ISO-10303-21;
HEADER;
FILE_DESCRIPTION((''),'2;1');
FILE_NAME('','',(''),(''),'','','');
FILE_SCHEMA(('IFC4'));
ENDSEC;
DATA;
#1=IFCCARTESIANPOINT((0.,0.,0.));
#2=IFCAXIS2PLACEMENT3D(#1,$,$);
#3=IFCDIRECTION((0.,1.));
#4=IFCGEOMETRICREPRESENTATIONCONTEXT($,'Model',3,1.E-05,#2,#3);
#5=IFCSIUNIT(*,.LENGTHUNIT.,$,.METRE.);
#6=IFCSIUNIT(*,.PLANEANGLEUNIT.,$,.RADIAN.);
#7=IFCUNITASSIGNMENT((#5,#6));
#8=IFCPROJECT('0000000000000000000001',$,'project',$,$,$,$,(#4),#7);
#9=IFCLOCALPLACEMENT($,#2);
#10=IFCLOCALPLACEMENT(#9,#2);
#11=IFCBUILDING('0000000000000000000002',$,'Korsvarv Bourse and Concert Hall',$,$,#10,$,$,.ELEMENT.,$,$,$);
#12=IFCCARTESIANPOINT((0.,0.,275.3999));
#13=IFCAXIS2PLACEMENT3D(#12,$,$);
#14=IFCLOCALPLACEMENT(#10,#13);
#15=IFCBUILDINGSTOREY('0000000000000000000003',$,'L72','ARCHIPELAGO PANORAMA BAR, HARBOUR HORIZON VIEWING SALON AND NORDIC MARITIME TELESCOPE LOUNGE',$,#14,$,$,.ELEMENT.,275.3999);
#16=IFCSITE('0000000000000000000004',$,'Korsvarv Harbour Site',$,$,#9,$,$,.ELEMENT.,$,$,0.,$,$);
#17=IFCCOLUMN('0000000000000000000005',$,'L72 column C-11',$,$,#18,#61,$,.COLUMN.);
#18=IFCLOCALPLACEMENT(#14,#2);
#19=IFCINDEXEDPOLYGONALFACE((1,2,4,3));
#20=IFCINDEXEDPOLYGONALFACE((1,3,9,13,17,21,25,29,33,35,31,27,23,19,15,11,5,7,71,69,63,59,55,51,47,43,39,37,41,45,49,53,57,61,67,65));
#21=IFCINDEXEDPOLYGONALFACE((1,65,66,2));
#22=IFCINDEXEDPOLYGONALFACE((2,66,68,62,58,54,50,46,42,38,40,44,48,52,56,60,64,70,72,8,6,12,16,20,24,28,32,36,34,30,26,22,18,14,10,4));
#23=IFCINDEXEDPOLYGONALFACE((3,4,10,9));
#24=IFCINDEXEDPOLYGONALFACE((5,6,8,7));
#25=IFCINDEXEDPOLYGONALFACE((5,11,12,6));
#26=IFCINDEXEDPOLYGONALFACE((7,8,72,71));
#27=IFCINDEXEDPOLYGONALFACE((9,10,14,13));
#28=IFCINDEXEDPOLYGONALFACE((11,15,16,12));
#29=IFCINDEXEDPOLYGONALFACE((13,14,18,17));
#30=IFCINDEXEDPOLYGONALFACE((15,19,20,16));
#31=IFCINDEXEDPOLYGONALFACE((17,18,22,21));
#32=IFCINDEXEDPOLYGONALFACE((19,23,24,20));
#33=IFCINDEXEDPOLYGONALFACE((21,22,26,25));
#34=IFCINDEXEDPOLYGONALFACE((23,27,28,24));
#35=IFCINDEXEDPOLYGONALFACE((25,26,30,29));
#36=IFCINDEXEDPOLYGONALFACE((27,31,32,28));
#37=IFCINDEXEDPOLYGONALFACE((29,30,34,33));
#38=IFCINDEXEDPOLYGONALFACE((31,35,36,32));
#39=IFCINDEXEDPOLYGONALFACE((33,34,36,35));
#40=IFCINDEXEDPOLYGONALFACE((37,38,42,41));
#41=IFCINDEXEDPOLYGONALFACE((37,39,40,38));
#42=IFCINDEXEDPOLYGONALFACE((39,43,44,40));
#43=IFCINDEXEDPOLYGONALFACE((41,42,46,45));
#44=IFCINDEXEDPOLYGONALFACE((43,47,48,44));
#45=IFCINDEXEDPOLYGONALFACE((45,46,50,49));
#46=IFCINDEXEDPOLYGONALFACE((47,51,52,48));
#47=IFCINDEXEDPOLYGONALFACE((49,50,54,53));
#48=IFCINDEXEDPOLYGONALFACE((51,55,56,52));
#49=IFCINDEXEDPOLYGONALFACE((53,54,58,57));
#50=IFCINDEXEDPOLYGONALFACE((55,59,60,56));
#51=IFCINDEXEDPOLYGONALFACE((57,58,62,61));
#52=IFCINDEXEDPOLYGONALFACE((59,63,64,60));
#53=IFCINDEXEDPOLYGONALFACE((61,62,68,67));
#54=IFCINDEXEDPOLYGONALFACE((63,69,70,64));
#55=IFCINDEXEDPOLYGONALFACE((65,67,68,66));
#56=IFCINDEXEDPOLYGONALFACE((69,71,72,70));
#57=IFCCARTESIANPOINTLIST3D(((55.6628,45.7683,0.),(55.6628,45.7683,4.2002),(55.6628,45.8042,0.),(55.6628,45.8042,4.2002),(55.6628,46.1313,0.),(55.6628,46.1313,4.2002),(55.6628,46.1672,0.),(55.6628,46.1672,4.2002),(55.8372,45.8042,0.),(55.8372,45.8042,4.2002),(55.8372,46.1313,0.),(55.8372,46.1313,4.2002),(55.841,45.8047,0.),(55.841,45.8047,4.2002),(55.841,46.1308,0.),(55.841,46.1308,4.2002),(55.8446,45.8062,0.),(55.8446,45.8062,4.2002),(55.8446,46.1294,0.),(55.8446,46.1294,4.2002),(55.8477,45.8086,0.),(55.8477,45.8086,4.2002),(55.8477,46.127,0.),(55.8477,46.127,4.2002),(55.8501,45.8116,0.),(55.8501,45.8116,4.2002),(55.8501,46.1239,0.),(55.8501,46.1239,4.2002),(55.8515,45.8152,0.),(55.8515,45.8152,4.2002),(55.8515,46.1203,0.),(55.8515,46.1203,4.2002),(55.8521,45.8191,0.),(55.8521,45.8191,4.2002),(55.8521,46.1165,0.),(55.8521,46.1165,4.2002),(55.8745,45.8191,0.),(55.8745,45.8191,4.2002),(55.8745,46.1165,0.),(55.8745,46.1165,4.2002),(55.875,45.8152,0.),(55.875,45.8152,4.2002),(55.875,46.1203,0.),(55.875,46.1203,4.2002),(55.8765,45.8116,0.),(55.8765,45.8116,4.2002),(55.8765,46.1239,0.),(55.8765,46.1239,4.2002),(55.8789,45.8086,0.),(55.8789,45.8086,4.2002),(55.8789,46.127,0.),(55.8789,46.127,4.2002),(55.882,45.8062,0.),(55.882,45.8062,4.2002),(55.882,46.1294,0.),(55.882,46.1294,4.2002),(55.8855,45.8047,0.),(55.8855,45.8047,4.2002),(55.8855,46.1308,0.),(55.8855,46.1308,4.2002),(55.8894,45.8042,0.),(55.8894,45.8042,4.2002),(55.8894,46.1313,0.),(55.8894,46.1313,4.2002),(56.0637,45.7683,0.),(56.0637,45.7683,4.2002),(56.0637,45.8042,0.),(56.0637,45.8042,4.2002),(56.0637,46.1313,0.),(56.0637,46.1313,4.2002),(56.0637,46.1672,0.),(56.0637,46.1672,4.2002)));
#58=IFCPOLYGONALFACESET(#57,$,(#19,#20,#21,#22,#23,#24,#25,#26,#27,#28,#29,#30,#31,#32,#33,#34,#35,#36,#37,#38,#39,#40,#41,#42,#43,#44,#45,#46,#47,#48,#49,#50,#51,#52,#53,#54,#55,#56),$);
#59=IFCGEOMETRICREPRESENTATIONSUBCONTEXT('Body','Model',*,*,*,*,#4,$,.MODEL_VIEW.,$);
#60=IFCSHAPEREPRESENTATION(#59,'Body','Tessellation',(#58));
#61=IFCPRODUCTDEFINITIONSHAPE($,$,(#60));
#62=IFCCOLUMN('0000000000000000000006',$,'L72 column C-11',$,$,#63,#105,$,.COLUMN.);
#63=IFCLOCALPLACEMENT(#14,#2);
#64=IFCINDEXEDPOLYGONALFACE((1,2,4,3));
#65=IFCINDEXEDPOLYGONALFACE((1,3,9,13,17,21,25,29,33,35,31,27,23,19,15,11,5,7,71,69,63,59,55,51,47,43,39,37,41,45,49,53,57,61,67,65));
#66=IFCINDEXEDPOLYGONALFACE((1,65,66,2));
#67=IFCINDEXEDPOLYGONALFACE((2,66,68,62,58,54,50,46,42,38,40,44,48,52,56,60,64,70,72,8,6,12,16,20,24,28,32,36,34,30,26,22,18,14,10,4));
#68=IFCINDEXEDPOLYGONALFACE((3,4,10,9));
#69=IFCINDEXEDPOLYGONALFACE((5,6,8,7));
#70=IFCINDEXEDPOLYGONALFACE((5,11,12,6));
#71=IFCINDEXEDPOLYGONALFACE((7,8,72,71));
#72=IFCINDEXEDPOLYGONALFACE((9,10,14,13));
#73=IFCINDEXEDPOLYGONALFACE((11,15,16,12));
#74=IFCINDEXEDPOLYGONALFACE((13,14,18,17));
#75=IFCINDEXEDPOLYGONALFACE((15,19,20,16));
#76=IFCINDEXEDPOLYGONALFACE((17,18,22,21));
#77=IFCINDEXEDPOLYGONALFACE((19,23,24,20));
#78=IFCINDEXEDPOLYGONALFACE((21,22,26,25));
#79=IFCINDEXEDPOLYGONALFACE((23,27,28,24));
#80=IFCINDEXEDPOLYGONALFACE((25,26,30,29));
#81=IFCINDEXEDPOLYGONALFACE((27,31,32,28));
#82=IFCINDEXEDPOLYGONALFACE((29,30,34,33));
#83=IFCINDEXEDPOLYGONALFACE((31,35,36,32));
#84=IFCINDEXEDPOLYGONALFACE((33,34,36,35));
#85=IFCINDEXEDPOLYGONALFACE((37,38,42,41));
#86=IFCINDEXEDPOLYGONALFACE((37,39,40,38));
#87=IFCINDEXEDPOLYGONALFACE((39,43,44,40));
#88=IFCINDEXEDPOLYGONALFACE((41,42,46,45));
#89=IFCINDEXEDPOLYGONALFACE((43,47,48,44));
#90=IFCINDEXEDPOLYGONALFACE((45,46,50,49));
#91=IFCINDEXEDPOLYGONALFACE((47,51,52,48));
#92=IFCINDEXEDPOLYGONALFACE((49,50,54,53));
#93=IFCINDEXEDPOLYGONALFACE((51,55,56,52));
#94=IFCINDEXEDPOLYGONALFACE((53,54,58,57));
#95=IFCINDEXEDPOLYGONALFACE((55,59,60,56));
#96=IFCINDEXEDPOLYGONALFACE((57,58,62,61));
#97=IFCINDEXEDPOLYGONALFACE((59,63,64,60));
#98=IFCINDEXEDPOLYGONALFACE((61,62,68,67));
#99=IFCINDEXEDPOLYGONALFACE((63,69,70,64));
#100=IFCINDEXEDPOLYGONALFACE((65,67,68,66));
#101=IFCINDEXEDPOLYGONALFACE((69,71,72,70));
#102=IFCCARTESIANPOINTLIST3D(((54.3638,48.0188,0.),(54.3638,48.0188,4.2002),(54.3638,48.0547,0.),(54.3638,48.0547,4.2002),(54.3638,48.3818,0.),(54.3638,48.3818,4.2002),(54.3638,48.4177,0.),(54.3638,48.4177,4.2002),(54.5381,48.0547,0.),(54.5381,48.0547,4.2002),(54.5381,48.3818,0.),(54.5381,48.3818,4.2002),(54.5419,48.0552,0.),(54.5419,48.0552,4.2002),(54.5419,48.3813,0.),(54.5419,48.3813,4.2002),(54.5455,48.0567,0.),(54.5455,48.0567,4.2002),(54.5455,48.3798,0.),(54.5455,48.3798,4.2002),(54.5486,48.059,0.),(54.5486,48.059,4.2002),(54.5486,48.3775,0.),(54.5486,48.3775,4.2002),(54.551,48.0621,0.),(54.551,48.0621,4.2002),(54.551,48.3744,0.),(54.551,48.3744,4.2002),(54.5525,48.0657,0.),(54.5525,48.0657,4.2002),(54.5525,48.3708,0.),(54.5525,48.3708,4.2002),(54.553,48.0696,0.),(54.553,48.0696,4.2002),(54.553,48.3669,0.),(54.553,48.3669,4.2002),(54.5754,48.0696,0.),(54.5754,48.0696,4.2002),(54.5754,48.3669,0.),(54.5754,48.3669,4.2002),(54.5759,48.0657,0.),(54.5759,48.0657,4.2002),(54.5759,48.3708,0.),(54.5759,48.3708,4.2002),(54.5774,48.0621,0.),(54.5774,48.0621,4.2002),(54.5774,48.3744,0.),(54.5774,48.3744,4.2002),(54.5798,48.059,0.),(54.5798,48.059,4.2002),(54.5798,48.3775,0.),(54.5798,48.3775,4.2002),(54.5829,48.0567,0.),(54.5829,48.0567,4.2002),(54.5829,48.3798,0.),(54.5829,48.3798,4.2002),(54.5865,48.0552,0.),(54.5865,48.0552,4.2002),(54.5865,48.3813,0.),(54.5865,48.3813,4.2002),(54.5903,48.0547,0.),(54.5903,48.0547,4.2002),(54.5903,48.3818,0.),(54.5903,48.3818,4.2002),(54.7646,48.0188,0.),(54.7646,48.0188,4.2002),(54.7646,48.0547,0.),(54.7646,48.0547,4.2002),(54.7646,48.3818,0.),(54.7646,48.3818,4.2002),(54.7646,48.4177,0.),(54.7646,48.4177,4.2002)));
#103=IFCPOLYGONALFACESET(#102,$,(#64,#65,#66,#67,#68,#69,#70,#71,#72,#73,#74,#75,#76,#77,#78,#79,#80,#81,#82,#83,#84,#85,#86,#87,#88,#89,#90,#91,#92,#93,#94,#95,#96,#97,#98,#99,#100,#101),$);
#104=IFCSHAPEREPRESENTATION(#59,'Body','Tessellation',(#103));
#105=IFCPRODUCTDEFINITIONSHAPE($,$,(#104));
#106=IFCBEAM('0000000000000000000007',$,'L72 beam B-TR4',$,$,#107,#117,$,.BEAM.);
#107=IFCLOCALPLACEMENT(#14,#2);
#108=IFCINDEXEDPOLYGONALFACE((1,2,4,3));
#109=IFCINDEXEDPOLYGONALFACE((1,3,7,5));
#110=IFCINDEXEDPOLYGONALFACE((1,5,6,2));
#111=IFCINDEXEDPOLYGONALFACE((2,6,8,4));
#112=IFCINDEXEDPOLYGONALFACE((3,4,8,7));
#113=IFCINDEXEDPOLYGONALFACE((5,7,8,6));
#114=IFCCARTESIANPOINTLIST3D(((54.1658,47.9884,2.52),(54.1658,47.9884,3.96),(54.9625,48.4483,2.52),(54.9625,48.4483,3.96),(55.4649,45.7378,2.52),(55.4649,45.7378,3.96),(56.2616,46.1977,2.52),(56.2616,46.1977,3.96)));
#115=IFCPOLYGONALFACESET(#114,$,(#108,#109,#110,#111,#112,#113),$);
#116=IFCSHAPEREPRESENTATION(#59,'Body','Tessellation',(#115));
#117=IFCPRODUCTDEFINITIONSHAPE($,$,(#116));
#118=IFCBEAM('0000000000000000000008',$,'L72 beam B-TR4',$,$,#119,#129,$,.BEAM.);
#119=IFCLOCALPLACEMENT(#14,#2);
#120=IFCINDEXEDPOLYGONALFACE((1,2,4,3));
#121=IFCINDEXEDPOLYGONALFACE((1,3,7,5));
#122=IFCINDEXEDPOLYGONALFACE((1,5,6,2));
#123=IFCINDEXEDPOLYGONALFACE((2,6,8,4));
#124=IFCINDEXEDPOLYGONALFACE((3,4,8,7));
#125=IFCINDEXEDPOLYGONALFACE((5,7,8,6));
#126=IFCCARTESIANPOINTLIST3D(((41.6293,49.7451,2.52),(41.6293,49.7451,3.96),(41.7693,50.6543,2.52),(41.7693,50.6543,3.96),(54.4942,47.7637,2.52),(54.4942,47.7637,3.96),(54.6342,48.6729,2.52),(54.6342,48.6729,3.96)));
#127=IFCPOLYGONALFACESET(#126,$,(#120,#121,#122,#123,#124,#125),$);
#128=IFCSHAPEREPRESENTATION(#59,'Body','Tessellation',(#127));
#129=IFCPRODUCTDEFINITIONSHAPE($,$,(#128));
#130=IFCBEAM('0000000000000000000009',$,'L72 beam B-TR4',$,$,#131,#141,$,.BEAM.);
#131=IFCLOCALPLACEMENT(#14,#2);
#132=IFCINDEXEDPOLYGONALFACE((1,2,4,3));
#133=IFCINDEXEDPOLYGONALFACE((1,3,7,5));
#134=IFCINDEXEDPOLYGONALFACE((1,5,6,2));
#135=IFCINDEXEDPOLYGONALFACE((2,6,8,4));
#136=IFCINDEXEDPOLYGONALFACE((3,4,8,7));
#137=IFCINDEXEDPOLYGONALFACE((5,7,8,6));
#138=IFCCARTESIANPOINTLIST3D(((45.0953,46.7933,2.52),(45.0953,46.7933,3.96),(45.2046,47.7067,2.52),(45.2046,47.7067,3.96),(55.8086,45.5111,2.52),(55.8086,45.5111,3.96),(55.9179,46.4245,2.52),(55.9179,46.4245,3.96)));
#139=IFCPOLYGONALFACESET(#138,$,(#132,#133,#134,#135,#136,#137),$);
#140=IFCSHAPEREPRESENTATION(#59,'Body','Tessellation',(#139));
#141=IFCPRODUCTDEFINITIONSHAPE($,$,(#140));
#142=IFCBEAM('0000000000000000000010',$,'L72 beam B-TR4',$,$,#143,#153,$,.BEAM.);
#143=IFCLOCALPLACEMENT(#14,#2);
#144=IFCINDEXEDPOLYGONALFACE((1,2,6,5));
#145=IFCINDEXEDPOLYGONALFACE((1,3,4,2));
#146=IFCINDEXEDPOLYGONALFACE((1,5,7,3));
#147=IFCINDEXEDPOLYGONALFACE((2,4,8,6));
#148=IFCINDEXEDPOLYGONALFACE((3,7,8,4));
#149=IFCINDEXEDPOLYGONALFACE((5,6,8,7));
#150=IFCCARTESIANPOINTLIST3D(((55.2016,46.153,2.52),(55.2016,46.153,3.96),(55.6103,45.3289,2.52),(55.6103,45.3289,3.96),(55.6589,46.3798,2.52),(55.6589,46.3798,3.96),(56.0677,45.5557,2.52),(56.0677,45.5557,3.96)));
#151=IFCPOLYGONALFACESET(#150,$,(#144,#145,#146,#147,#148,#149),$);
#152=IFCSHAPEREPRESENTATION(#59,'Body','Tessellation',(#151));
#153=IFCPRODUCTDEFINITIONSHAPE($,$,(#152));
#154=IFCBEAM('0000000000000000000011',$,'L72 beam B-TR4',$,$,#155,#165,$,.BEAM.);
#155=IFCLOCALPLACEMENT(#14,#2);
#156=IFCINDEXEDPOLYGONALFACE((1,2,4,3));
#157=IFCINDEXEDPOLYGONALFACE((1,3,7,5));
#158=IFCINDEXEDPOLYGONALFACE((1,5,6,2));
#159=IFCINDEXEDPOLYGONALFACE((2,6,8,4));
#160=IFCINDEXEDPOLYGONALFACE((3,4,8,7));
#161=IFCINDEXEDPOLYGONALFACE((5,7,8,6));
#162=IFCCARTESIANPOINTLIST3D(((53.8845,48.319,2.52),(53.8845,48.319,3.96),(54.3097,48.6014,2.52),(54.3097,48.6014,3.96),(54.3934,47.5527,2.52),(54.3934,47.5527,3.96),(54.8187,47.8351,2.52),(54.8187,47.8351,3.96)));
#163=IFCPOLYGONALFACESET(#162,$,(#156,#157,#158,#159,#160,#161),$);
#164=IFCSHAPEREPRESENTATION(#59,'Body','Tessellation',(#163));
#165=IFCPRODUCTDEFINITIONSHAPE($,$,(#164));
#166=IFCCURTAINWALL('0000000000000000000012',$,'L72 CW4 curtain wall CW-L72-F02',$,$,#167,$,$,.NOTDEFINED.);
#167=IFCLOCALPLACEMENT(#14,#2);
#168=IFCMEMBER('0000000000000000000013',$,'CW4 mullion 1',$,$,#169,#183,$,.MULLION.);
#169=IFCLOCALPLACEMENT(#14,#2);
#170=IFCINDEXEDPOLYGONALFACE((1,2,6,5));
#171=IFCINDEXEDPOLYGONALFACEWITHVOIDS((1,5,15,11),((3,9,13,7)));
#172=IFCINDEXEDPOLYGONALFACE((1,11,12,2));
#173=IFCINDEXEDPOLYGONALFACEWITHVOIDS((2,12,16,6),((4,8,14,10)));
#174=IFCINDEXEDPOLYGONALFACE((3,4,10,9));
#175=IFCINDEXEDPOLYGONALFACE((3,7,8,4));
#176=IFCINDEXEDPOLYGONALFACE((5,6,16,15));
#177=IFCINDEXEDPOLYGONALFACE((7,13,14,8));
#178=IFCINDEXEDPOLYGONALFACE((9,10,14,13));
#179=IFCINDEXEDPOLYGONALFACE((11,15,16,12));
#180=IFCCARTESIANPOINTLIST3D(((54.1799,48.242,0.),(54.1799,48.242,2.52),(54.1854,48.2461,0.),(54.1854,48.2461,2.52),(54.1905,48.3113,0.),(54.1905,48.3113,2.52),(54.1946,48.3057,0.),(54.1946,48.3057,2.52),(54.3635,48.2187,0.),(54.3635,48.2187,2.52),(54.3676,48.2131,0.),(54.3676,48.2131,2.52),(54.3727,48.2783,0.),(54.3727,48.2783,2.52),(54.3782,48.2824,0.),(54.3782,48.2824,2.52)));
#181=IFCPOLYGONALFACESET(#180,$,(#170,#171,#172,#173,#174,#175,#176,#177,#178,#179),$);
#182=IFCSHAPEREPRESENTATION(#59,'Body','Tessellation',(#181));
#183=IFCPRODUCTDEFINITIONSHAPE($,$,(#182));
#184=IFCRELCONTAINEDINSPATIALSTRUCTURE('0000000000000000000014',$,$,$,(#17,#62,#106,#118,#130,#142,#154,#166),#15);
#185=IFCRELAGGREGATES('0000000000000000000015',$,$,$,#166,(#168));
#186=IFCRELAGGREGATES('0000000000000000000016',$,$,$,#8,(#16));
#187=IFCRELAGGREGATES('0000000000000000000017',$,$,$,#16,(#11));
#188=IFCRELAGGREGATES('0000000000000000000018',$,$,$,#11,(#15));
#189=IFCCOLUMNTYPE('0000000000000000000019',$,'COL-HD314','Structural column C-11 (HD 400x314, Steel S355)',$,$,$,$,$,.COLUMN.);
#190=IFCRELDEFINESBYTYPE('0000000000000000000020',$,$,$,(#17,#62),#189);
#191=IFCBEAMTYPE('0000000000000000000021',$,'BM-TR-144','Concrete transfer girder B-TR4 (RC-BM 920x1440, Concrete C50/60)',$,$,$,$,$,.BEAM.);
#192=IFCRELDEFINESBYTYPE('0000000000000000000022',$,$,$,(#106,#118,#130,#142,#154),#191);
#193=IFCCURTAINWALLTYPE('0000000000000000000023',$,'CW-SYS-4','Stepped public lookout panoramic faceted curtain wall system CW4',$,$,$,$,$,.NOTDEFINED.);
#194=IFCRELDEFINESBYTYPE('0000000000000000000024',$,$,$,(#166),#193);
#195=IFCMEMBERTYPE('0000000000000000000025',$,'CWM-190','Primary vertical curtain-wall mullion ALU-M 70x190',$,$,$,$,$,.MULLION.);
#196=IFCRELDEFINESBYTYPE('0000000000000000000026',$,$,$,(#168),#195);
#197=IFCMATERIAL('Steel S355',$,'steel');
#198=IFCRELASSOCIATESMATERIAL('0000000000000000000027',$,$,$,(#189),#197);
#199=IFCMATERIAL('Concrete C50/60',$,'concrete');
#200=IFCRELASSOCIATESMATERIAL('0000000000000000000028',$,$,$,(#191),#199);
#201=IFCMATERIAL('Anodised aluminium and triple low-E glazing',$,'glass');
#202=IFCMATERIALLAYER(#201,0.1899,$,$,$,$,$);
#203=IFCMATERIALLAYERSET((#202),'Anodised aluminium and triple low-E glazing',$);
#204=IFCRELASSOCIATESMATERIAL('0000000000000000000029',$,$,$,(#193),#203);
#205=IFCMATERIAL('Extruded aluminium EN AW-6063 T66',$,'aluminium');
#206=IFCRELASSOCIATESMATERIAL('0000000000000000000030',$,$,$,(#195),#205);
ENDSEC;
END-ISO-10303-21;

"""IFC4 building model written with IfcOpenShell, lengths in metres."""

from ifc_helpers import new_model, si_unit, direction, frame, origin, origin_2d, place, context, subcontext, project, spatial, rectangle, hollow_rectangle, i_section, extrude, source, transform, mapped, material, layer, layer_set, material_profile, profile_set, type_object, element, aggregate, save


model = new_model("IFC4")

# Units and contexts
model_context = context("Model", 3, precision=1e-05, world=origin(), true_north=direction((0.0, 1.0)))
body_context = subcontext(model_context, "Body", "Model", "MODEL_VIEW")
ifc_project = project(units=[si_unit("LENGTHUNIT", "METRE"), si_unit("PLANEANGLEUNIT", "RADIAN")], contexts=[model_context])

# Site, building, storey
site_placement = place(None, origin())
site = spatial("IfcSite", under=ifc_project, at=site_placement, Name="Korsvarv Harbour Site", CompositionType="ELEMENT", RefElevation=0.0)
building_placement = place(site_placement, origin())
building = spatial("IfcBuilding", under=site, at=building_placement, Name="Korsvarv Bourse and Concert Hall", CompositionType="ELEMENT")
storey_placement = place(building_placement, frame((0.0, 0.0, 275.3999)))
storey = spatial("IfcBuildingStorey", under=building, at=storey_placement, Name="L72", Description="ARCHIPELAGO PANORAMA BAR, HARBOUR HORIZON VIEWING SALON AND NORDIC MARITIME TELESCOPE LOUNGE", CompositionType="ELEMENT", Elevation=275.3999)

# Columns
ifc_material_1 = material(Name="Steel S355", Category="steel")
ifc_material_profile_1 = material_profile(ifc_material_1, i_section(OverallWidth=0.4009, OverallDepth=0.3989, WebThickness=0.0225, FlangeThickness=0.0359, FilletRadius=0.0149, at=origin_2d()), Name="HD 400x314")
ifc_profile_set_1 = profile_set([ifc_material_profile_1], Name="Steel S355")
column_type = type_object("IfcColumnType", Name="COL-HD314", Description="Structural column C-11 (HD 400x314, Steel S355)", PredefinedType="COLUMN", material=ifc_profile_set_1)
shared_shape_1 = source(origin(), body_context, "Body", "SweptSolid", [
    extrude(i_section(OverallWidth=0.4009, OverallDepth=0.3989, WebThickness=0.0225, FlangeThickness=0.0359, FilletRadius=0.0149, at=origin_2d()), origin(), (0.0, 0.0, 1.0), 4.2002),
])
for number, where, z_axis, x_axis, name in (
    (1, (55.8633, 45.9678, 0.0), (0.0, 0.0, 1.0), (1.0, 0.0, 0.0), "L72 column C-11"),
    (2, (54.5642, 48.2183, 0.0), (0.0, 0.0, 1.0), (1.0, 0.0, 0.0), "L72 column C-11"),
):
    element("IfcColumn", number, at=place(storey_placement, frame(where, z_axis=z_axis, x_axis=x_axis)), inside=storey, type_object=column_type, Name=name, PredefinedType="COLUMN", context=body_context, shape_type="MappedRepresentation", body=[
        mapped(shared_shape_1, transform((0.0, 0.0, 0.0), scale=1.0)),
    ])

# Beams
ifc_material_2 = material(Name="Concrete C50/60", Category="concrete")
ifc_material_profile_2 = material_profile(ifc_material_2, rectangle(XDim=0.9199, YDim=1.4399, at=origin_2d()), Name="RC-BM 920x1440")
ifc_profile_set_2 = profile_set([ifc_material_profile_2], Name="Concrete C50/60")
beam_type = type_object("IfcBeamType", Name="BM-TR-144", Description="Concrete transfer girder B-TR4 (RC-BM 920x1440, Concrete C50/60)", PredefinedType="BEAM", material=ifc_profile_set_2)
shared_shape_2 = source(origin(), body_context, "Body", "SweptSolid", [
    extrude(rectangle(XDim=0.9199, YDim=1.4399, at=origin_2d()), origin(), (0.0, 0.0, 1.0), 2.5986),
])
beam_1_placement = place(storey_placement, frame((55.8633, 45.9678, 3.24), z_axis=(-0.499928, 0.866067, 0.0), x_axis=(-0.866067, -0.499928, 0.0)))
element("IfcBeam", 3, at=beam_1_placement, inside=storey, type_object=beam_type, Name="L72 beam B-TR4", PredefinedType="BEAM", context=body_context, shape_type="MappedRepresentation", body=[
    mapped(shared_shape_2, transform((0.0, 0.0, 0.0), scale=1.0)),
])
shared_shape_3 = source(origin(), body_context, "Body", "SweptSolid", [
    extrude(rectangle(XDim=0.9199, YDim=1.4399, at=origin_2d()), origin(), (0.0, 0.0, 1.0), 13.0166),
])
beam_2_placement = place(storey_placement, frame((54.5642, 48.2183, 3.24), z_axis=(-0.988346, 0.152223, 0.0), x_axis=(-0.152223, -0.988346, 0.0)))
element("IfcBeam", 4, at=beam_2_placement, inside=storey, type_object=beam_type, Name="L72 beam B-TR4", PredefinedType="BEAM", context=body_context, shape_type="MappedRepresentation", body=[
    mapped(shared_shape_3, transform((0.0, 0.0, 0.0), scale=1.0)),
])
shared_shape_4 = source(origin(), body_context, "Body", "SweptSolid", [
    extrude(rectangle(XDim=0.9199, YDim=1.4399, at=origin_2d()), origin(), (0.0, 0.0, 1.0), 10.7898),
])
beam_3_placement = place(storey_placement, frame((55.8633, 45.9678, 3.24), z_axis=(-0.992914, 0.118837, 0.0), x_axis=(-0.118837, -0.992914, 0.0)))
element("IfcBeam", 5, at=beam_3_placement, inside=storey, type_object=beam_type, Name="L72 beam B-TR4", PredefinedType="BEAM", context=body_context, shape_type="MappedRepresentation", body=[
    mapped(shared_shape_4, transform((0.0, 0.0, 0.0), scale=1.0)),
])
shared_shape_5 = source(origin(), body_context, "Body", "SweptSolid", [
    extrude(rectangle(XDim=0.9199, YDim=1.4399, at=origin_2d()), origin(), (0.0, 0.0, 1.0), 0.5105),
])
for number, where, z_axis, x_axis, name in (
    (6, (55.8633, 45.9678, 3.24), (-0.895857, -0.444341, 0.0), (0.444341, -0.895857, 0.0), "L72 beam B-TR4"),
    (7, (54.5642, 48.2183, 3.24), (-0.833005, -0.553265, 0.0), (0.553265, -0.833005, 0.0), "L72 beam B-TR4"),
):
    element("IfcBeam", number, at=place(storey_placement, frame(where, z_axis=z_axis, x_axis=x_axis)), inside=storey, type_object=beam_type, Name=name, PredefinedType="BEAM", context=body_context, shape_type="MappedRepresentation", body=[
        mapped(shared_shape_5, transform((0.0, 0.0, 0.0), scale=1.0)),
    ])

# Curtain wall, member
ifc_material_3 = material(Name="Anodised aluminium and triple low-E glazing", Category="glass")
ifc_layer_1 = layer(ifc_material_3, 0.1899)
ifc_layer_set_1 = layer_set([ifc_layer_1], Name="Anodised aluminium and triple low-E glazing")
curtain_wall_type = type_object("IfcCurtainWallType", Name="CW-SYS-4", Description="Stepped public lookout panoramic faceted curtain wall system CW4", PredefinedType="NOTDEFINED", material=ifc_layer_set_1)
curtain_wall_placement = place(storey_placement, origin())
curtain_wall = element("IfcCurtainWall", 8, at=curtain_wall_placement, inside=storey, type_object=curtain_wall_type, Name="L72 CW4 curtain wall CW-L72-F02", PredefinedType="NOTDEFINED")
ifc_material_4 = material(Name="Extruded aluminium EN AW-6063 T66", Category="aluminium")
ifc_material_profile_3 = material_profile(ifc_material_4, hollow_rectangle(XDim=0.0701, YDim=0.1899, WallThickness=0.0049, at=origin_2d()), Name="ALU-M 70x190")
ifc_profile_set_3 = profile_set([ifc_material_profile_3], Name="Extruded aluminium EN AW-6063 T66")
member_type_1 = type_object("IfcMemberType", Name="CWM-190", Description="Primary vertical curtain-wall mullion ALU-M 70x190", PredefinedType="MULLION", material=ifc_profile_set_3)
shared_shape_6 = source(origin(), body_context, "Body", "SweptSolid", [
    extrude(hollow_rectangle(XDim=0.0701, YDim=0.1899, WallThickness=0.0049, at=origin_2d()), origin(), (0.0, 0.0, 1.0), 2.52),
])
member_1_placement = place(storey_placement, frame((54.2791, 48.2622, 0.0), z_axis=(0.0, 0.0, 1.0), x_axis=(-0.152234, -0.988345, 0.0)))
member_1 = element("IfcMember", 9, at=member_1_placement, type_object=member_type_1, Name="CW4 mullion 1", PredefinedType="MULLION", context=body_context, shape_type="MappedRepresentation", body=[
    mapped(shared_shape_6, transform((0.0, 0.0, 0.0), scale=1.0)),
])
aggregate(curtain_wall, [member_1])

save(model, "model.ifc")
